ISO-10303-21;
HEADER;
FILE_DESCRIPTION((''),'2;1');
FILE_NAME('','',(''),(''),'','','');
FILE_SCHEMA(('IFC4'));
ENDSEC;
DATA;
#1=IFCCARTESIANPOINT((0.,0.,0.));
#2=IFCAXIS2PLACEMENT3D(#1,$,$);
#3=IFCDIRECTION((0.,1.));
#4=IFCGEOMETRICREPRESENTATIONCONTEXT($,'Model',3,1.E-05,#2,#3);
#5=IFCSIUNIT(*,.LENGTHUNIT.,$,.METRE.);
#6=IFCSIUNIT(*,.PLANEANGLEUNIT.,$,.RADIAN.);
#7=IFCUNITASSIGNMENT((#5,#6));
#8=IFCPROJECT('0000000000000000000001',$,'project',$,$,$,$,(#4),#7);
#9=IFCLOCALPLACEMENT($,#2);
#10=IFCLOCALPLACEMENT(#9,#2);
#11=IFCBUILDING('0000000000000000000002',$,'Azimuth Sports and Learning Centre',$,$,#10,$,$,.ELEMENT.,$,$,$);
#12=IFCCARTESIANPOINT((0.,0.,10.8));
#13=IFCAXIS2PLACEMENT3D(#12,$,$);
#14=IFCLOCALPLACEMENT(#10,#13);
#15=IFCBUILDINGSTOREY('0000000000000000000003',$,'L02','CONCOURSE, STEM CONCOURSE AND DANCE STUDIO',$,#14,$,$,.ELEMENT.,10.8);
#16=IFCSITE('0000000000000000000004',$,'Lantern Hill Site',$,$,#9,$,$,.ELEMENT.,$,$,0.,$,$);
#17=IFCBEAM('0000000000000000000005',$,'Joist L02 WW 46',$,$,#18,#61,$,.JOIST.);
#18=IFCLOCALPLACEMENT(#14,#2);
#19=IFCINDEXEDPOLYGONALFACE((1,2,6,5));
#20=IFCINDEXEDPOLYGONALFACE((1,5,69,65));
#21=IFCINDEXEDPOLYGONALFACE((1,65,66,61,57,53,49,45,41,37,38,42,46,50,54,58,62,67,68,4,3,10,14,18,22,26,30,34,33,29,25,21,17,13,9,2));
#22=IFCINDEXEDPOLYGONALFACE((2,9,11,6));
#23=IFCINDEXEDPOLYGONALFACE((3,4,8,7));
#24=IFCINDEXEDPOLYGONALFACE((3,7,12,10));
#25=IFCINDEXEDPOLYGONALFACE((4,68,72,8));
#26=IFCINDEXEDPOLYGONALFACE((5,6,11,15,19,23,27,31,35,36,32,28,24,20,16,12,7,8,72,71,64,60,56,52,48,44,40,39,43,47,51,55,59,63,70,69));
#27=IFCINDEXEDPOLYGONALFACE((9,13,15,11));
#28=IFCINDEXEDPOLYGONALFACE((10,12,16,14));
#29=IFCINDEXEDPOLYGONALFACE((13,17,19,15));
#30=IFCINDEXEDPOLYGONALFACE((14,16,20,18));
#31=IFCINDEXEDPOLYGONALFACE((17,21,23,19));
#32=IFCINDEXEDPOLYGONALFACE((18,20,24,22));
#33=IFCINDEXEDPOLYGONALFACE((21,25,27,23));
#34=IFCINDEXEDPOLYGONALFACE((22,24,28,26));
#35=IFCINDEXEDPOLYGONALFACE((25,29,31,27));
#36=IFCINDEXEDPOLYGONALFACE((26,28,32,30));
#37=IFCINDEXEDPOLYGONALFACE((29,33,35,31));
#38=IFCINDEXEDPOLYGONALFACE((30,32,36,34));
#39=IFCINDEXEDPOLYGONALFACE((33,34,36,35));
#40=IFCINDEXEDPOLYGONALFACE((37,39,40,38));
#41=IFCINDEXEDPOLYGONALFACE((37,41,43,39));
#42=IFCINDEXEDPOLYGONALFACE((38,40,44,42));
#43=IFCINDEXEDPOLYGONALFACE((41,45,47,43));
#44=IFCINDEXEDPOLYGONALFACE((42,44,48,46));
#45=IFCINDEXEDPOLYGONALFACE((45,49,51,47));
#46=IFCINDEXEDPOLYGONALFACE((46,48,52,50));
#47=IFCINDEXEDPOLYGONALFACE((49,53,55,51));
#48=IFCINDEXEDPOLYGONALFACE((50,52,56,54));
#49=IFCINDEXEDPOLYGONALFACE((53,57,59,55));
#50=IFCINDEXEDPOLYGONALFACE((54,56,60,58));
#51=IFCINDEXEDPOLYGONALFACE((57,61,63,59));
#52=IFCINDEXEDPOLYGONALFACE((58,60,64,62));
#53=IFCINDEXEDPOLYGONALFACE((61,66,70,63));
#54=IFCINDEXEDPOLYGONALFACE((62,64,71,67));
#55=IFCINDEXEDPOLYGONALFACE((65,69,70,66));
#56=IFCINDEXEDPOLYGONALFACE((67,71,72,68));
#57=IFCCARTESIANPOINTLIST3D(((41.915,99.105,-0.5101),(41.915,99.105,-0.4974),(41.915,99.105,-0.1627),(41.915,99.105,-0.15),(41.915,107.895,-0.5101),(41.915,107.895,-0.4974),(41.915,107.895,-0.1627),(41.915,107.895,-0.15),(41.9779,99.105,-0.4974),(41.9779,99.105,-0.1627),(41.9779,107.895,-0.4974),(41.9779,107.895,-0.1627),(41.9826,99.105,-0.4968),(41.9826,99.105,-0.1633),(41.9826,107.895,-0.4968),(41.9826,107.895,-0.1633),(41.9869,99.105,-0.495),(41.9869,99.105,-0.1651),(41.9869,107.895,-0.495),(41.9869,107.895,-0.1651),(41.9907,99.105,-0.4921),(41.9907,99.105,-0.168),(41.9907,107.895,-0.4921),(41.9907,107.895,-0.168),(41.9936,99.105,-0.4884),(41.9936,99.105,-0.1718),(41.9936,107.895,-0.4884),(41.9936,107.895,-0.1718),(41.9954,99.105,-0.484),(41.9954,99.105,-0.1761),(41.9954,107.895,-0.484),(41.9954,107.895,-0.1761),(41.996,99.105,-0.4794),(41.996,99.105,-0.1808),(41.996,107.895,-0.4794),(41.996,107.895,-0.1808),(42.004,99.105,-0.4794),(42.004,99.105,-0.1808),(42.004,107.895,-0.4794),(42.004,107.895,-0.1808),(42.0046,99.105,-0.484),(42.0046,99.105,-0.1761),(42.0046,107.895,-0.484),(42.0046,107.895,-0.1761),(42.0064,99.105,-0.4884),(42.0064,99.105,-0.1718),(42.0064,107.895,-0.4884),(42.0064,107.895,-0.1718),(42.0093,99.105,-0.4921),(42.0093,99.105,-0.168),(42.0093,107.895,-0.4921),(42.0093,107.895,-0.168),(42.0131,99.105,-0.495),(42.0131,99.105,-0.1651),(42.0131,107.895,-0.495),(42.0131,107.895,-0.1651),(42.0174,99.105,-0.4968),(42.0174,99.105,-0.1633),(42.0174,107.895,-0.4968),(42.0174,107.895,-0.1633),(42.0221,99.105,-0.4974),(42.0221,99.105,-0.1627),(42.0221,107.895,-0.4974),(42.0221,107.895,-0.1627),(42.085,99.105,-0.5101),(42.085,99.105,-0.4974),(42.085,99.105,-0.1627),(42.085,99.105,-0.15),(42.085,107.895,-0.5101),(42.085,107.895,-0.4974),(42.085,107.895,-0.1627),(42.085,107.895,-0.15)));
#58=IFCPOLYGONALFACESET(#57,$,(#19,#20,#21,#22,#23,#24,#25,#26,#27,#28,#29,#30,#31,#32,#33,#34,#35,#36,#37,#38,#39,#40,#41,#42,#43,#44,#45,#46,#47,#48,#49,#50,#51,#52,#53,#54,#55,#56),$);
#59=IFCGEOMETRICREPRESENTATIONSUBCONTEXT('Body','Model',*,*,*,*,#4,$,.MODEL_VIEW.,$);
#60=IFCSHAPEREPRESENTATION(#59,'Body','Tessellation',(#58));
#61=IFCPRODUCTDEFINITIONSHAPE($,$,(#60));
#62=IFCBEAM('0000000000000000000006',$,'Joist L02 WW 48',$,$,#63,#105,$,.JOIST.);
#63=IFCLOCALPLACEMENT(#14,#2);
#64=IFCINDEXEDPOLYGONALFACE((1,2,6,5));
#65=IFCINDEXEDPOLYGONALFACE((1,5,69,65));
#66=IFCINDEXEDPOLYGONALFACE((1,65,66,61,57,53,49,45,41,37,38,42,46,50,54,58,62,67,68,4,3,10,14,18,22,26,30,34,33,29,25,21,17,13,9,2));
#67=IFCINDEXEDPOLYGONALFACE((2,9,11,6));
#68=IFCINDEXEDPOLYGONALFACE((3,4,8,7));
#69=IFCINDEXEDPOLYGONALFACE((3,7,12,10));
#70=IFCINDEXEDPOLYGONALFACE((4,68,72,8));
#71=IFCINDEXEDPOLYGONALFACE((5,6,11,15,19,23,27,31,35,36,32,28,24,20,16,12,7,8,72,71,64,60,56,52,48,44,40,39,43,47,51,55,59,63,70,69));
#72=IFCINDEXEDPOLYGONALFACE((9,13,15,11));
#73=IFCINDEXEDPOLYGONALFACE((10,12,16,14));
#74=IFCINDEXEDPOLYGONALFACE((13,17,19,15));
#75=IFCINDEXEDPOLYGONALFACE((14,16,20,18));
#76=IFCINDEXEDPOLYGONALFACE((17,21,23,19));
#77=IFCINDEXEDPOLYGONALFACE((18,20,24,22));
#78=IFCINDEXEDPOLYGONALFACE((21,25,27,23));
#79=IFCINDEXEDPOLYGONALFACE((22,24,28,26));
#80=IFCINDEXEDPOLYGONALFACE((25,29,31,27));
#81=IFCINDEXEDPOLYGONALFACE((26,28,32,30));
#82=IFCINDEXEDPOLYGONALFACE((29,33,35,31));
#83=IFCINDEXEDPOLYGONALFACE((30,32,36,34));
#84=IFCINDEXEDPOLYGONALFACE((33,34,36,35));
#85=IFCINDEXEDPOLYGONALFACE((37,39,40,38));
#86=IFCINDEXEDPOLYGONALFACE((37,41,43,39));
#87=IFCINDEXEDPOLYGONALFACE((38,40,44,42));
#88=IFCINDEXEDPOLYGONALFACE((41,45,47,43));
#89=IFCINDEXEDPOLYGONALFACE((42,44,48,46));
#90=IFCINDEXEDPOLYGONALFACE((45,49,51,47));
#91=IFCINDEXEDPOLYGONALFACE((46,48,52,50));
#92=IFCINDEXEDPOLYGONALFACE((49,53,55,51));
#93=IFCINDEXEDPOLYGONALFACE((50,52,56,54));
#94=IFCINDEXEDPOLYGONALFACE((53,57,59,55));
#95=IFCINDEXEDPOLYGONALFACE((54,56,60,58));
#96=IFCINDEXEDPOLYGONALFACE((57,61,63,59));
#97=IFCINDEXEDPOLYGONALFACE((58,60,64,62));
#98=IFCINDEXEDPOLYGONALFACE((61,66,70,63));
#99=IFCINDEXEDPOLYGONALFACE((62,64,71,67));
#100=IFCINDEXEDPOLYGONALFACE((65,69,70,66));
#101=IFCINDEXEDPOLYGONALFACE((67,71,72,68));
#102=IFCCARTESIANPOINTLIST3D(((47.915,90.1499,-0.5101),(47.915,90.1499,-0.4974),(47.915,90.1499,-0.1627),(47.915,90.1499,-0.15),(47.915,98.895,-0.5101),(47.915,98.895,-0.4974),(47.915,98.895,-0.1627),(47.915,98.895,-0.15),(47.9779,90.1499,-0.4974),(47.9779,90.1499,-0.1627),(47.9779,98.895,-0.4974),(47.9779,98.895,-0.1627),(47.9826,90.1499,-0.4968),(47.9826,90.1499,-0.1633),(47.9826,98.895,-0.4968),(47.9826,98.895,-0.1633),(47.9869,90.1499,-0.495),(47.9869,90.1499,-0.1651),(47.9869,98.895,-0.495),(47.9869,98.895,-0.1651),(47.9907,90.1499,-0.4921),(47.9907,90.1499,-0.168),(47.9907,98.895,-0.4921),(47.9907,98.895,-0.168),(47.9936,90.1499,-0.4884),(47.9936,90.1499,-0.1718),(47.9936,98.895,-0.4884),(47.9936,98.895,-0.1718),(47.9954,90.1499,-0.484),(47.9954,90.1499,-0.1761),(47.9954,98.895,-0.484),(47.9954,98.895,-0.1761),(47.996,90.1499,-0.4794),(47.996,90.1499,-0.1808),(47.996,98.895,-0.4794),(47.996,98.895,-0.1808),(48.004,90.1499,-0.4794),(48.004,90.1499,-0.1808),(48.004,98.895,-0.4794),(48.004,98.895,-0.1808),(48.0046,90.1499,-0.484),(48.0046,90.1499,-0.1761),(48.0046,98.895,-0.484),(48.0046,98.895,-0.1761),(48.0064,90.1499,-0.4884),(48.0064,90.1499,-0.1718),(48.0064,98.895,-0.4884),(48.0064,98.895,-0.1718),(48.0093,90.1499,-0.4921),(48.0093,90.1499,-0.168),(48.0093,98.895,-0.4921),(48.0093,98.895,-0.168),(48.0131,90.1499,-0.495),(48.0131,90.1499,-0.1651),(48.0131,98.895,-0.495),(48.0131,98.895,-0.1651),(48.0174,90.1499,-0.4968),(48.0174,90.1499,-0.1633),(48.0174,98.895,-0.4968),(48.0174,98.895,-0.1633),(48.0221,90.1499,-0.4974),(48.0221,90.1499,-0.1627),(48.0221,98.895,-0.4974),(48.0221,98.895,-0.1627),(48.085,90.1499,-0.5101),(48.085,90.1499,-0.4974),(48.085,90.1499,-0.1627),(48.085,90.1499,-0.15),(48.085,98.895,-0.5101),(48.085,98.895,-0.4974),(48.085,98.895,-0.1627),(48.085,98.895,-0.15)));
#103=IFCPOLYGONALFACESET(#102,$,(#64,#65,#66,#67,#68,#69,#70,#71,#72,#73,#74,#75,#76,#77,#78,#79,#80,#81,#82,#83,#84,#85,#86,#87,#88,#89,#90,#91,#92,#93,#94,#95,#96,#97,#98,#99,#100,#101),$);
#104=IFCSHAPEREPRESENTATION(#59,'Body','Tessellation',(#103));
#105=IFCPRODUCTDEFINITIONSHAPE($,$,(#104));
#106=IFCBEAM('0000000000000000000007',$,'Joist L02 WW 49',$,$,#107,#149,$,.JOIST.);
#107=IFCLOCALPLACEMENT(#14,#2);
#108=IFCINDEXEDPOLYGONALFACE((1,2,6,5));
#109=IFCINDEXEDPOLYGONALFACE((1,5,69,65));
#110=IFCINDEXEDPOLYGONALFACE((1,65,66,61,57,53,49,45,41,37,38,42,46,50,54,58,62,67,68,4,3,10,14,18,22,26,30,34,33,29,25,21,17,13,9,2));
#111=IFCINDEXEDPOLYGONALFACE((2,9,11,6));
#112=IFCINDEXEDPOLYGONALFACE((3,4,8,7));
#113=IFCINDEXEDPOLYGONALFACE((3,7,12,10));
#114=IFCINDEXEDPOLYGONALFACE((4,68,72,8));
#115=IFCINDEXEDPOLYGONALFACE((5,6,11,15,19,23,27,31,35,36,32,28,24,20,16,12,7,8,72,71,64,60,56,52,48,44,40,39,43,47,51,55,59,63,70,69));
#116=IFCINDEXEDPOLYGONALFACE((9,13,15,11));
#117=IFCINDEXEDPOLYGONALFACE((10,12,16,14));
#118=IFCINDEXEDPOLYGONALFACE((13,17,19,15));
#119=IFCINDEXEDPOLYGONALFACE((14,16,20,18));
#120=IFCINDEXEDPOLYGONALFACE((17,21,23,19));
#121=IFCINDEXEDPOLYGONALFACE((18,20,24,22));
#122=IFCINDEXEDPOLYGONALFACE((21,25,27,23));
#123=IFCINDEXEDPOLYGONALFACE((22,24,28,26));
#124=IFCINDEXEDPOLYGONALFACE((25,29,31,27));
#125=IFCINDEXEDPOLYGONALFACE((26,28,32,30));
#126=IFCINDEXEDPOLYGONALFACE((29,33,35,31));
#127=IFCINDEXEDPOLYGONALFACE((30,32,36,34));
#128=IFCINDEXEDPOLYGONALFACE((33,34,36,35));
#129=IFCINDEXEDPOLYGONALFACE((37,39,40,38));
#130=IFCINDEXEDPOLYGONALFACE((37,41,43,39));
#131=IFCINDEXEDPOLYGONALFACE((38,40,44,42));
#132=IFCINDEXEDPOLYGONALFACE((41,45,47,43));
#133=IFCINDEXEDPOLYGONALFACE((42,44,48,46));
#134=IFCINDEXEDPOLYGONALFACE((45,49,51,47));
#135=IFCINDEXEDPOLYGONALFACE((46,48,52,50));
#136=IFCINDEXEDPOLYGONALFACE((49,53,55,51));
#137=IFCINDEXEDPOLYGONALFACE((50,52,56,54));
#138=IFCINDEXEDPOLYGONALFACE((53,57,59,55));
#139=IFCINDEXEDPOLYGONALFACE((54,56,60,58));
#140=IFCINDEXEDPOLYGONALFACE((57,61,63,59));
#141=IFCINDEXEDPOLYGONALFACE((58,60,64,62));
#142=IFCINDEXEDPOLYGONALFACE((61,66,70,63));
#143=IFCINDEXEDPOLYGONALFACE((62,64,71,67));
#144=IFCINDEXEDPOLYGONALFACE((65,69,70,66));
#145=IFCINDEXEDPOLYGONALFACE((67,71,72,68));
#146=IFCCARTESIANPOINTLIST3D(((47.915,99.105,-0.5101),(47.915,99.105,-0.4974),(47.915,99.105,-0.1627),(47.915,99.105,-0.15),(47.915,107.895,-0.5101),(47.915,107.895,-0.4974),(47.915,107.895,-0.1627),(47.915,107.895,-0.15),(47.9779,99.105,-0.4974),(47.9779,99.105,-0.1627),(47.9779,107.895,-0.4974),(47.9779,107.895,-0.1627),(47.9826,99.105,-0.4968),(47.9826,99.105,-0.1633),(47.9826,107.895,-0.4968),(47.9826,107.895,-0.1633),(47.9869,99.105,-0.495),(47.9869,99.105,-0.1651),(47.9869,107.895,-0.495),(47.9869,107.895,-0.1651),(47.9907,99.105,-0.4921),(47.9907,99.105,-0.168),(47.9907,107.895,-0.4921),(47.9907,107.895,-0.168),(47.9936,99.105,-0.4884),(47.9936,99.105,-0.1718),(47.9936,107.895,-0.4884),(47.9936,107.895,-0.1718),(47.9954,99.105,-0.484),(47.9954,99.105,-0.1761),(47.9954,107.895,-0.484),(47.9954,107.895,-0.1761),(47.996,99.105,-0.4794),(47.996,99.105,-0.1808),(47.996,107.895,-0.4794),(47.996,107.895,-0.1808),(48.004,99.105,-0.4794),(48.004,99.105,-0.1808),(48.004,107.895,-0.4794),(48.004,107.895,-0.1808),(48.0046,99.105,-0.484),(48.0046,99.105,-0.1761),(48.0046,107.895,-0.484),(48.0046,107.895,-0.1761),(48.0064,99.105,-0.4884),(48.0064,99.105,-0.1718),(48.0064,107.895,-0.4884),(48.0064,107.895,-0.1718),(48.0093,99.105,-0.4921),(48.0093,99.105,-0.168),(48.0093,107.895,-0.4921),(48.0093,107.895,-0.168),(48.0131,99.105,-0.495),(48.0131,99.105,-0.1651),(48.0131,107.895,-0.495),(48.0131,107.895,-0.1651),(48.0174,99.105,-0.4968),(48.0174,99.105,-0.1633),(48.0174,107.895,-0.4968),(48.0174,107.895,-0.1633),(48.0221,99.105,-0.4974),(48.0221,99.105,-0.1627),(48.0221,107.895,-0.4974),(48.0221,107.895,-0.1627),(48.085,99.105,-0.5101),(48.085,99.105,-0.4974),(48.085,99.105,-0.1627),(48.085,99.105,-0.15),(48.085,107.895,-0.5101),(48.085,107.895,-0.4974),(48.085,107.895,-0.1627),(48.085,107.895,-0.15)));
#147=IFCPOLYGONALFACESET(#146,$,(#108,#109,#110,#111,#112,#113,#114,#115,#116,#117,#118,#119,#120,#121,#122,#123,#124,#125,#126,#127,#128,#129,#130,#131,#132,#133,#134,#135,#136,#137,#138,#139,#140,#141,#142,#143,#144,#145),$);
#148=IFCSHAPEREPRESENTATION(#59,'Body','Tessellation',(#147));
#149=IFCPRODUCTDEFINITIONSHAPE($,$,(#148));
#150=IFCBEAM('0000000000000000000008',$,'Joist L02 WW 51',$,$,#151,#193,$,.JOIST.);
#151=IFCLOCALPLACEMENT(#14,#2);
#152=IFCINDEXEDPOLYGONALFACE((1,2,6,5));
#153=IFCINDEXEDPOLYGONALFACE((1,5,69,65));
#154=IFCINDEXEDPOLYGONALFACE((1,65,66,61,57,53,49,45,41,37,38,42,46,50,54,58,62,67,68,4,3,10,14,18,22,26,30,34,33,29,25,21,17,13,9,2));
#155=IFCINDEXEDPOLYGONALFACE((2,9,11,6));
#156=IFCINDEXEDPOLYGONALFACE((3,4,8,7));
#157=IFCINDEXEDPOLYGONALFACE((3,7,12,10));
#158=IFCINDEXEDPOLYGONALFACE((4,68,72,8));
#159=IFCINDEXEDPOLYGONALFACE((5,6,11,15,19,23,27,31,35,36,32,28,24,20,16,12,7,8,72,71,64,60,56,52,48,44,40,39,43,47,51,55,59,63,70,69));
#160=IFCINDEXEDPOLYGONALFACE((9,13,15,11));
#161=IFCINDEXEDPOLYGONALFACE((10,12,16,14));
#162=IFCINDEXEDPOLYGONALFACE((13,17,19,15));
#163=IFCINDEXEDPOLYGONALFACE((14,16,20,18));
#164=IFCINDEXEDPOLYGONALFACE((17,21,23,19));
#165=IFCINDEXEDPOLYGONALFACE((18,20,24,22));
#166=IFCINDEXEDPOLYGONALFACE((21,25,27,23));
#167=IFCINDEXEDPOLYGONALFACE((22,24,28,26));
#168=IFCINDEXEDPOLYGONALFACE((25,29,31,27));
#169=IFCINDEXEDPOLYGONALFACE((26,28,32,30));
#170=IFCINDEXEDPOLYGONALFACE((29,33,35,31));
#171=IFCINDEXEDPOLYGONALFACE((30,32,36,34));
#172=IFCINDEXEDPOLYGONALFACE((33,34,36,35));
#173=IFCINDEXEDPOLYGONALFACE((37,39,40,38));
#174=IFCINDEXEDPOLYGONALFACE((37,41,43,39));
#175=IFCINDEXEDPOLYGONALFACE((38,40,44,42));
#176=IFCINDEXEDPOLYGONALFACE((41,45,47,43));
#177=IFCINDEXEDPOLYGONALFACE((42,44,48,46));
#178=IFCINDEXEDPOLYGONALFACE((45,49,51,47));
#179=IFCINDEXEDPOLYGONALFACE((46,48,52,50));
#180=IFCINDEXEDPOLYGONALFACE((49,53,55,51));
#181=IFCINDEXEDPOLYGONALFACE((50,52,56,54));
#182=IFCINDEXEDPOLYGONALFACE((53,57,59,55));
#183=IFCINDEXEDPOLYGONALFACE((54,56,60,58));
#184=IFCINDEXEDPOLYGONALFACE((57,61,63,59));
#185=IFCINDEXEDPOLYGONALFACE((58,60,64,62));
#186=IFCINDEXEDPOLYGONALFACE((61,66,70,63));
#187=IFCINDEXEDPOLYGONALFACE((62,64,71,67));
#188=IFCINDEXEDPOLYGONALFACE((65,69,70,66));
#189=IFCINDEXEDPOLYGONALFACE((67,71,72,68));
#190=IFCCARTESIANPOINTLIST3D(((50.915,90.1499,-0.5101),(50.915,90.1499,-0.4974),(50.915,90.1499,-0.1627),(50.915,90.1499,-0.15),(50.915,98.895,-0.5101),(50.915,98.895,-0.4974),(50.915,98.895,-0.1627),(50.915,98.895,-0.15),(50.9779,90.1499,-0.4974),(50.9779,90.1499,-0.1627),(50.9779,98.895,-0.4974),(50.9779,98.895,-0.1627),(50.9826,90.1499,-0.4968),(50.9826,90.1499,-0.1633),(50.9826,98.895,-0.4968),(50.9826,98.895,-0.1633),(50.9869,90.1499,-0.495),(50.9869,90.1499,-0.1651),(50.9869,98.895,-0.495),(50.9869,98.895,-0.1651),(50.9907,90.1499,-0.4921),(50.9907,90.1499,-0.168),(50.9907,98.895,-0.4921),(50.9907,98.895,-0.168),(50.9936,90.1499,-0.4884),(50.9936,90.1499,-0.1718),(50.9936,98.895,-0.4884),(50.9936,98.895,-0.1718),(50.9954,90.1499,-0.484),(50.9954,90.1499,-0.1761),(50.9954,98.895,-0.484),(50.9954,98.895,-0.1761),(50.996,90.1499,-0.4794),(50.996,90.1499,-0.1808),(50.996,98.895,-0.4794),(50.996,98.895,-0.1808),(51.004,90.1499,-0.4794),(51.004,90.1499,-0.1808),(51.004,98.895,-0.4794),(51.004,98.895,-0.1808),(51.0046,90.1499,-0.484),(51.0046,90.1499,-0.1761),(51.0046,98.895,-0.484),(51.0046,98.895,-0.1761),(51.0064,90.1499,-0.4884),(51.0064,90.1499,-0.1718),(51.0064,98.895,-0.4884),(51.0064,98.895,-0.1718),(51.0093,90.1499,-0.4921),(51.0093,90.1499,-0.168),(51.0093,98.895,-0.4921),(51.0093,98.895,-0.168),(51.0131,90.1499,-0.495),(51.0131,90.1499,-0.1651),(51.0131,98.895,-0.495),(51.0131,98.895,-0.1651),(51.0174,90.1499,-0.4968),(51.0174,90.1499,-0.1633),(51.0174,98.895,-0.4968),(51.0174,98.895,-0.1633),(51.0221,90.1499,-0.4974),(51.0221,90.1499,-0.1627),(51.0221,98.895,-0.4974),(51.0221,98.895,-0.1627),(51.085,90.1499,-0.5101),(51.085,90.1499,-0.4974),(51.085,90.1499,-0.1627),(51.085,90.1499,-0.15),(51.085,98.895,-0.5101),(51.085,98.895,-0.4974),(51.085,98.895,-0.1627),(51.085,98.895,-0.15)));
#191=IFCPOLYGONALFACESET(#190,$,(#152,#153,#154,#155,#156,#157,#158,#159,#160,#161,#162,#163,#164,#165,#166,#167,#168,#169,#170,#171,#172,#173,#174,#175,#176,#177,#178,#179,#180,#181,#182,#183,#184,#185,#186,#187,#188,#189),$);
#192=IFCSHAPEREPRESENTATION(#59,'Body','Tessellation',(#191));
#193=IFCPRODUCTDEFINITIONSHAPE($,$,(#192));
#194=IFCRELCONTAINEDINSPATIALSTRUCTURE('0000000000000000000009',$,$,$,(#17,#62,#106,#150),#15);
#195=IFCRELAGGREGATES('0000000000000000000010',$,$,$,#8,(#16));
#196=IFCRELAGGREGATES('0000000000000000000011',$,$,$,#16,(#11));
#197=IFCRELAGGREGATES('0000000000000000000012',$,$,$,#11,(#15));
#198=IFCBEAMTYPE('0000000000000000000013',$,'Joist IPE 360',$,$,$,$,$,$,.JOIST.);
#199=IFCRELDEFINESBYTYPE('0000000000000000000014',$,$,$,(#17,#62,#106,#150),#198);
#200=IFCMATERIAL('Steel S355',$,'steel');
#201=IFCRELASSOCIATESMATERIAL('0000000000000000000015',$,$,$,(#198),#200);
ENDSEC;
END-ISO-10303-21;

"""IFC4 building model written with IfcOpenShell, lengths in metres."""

from ifc_helpers import new_model, si_unit, direction, frame, origin, origin_2d, place, context, subcontext, project, spatial, i_section, extrude, material, material_profile, profile_set, type_object, element, save


model = new_model("IFC4")

# Units and contexts
model_context = context("Model", 3, precision=1e-05, world=origin(), true_north=direction((0.0, 1.0)))
body_context = subcontext(model_context, "Body", "Model", "MODEL_VIEW")
ifc_project = project(units=[si_unit("LENGTHUNIT", "METRE"), si_unit("PLANEANGLEUNIT", "RADIAN")], contexts=[model_context])

# Site, building, storey
site_placement = place(None, origin())
site = spatial("IfcSite", under=ifc_project, at=site_placement, Name="Lantern Hill Site", CompositionType="ELEMENT", RefElevation=0.0)
building_placement = place(site_placement, origin())
building = spatial("IfcBuilding", under=site, at=building_placement, Name="Azimuth Sports and Learning Centre", CompositionType="ELEMENT")
storey_placement = place(building_placement, frame((0.0, 0.0, 10.8)))
storey = spatial("IfcBuildingStorey", under=building, at=storey_placement, Name="L02", Description="CONCOURSE, STEM CONCOURSE AND DANCE STUDIO", CompositionType="ELEMENT", Elevation=10.8)

# Beams
ifc_material_1 = material(Name="Steel S355", Category="steel")
ifc_material_profile_1 = material_profile(ifc_material_1, i_section(OverallWidth=0.1699, OverallDepth=0.3601, WebThickness=0.0081, FlangeThickness=0.0127, FilletRadius=0.0181, at=origin_2d()), Name="IPE 360")
ifc_profile_set_1 = profile_set([ifc_material_profile_1], Name="Steel S355")
beam_type_1 = type_object("IfcBeamType", Name="Joist IPE 360", PredefinedType="JOIST", material=ifc_profile_set_1)
beam_1_placement = place(storey_placement, frame((42.0, 99.105, -0.3301), z_axis=(0.0, 1.0, 0.0), x_axis=(-1.0, 0.0, 0.0)))
element("IfcBeam", 1, at=beam_1_placement, inside=storey, type_object=beam_type_1, Name="Joist L02 WW 46", PredefinedType="JOIST", context=body_context, shape_type="SweptSolid", body=[
    extrude(i_section(OverallWidth=0.1699, OverallDepth=0.3601, WebThickness=0.0081, FlangeThickness=0.0127, FilletRadius=0.0181, at=origin_2d()), origin(), (0.0, 0.0, 1.0), 8.79),
])
beam_2_placement = place(storey_placement, frame((48.0, 90.1499, -0.3301), z_axis=(0.0, 1.0, 0.0), x_axis=(-1.0, 0.0, 0.0)))
element("IfcBeam", 2, at=beam_2_placement, inside=storey, type_object=beam_type_1, Name="Joist L02 WW 48", PredefinedType="JOIST", context=body_context, shape_type="SweptSolid", body=[
    extrude(i_section(OverallWidth=0.1699, OverallDepth=0.3601, WebThickness=0.0081, FlangeThickness=0.0127, FilletRadius=0.0181, at=origin_2d()), origin(), (0.0, 0.0, 1.0), 8.7451),
])
beam_3_placement = place(storey_placement, frame((48.0, 99.105, -0.3301), z_axis=(0.0, 1.0, 0.0), x_axis=(-1.0, 0.0, 0.0)))
element("IfcBeam", 3, at=beam_3_placement, inside=storey, type_object=beam_type_1, Name="Joist L02 WW 49", PredefinedType="JOIST", context=body_context, shape_type="SweptSolid", body=[
    extrude(i_section(OverallWidth=0.1699, OverallDepth=0.3601, WebThickness=0.0081, FlangeThickness=0.0127, FilletRadius=0.0181, at=origin_2d()), origin(), (0.0, 0.0, 1.0), 8.79),
])
beam_4_placement = place(storey_placement, frame((51.0, 90.1499, -0.3301), z_axis=(0.0, 1.0, 0.0), x_axis=(-1.0, 0.0, 0.0)))
element("IfcBeam", 4, at=beam_4_placement, inside=storey, type_object=beam_type_1, Name="Joist L02 WW 51", PredefinedType="JOIST", context=body_context, shape_type="SweptSolid", body=[
    extrude(i_section(OverallWidth=0.1699, OverallDepth=0.3601, WebThickness=0.0081, FlangeThickness=0.0127, FilletRadius=0.0181, at=origin_2d()), origin(), (0.0, 0.0, 1.0), 8.7451),
])

save(model, "model.ifc")
